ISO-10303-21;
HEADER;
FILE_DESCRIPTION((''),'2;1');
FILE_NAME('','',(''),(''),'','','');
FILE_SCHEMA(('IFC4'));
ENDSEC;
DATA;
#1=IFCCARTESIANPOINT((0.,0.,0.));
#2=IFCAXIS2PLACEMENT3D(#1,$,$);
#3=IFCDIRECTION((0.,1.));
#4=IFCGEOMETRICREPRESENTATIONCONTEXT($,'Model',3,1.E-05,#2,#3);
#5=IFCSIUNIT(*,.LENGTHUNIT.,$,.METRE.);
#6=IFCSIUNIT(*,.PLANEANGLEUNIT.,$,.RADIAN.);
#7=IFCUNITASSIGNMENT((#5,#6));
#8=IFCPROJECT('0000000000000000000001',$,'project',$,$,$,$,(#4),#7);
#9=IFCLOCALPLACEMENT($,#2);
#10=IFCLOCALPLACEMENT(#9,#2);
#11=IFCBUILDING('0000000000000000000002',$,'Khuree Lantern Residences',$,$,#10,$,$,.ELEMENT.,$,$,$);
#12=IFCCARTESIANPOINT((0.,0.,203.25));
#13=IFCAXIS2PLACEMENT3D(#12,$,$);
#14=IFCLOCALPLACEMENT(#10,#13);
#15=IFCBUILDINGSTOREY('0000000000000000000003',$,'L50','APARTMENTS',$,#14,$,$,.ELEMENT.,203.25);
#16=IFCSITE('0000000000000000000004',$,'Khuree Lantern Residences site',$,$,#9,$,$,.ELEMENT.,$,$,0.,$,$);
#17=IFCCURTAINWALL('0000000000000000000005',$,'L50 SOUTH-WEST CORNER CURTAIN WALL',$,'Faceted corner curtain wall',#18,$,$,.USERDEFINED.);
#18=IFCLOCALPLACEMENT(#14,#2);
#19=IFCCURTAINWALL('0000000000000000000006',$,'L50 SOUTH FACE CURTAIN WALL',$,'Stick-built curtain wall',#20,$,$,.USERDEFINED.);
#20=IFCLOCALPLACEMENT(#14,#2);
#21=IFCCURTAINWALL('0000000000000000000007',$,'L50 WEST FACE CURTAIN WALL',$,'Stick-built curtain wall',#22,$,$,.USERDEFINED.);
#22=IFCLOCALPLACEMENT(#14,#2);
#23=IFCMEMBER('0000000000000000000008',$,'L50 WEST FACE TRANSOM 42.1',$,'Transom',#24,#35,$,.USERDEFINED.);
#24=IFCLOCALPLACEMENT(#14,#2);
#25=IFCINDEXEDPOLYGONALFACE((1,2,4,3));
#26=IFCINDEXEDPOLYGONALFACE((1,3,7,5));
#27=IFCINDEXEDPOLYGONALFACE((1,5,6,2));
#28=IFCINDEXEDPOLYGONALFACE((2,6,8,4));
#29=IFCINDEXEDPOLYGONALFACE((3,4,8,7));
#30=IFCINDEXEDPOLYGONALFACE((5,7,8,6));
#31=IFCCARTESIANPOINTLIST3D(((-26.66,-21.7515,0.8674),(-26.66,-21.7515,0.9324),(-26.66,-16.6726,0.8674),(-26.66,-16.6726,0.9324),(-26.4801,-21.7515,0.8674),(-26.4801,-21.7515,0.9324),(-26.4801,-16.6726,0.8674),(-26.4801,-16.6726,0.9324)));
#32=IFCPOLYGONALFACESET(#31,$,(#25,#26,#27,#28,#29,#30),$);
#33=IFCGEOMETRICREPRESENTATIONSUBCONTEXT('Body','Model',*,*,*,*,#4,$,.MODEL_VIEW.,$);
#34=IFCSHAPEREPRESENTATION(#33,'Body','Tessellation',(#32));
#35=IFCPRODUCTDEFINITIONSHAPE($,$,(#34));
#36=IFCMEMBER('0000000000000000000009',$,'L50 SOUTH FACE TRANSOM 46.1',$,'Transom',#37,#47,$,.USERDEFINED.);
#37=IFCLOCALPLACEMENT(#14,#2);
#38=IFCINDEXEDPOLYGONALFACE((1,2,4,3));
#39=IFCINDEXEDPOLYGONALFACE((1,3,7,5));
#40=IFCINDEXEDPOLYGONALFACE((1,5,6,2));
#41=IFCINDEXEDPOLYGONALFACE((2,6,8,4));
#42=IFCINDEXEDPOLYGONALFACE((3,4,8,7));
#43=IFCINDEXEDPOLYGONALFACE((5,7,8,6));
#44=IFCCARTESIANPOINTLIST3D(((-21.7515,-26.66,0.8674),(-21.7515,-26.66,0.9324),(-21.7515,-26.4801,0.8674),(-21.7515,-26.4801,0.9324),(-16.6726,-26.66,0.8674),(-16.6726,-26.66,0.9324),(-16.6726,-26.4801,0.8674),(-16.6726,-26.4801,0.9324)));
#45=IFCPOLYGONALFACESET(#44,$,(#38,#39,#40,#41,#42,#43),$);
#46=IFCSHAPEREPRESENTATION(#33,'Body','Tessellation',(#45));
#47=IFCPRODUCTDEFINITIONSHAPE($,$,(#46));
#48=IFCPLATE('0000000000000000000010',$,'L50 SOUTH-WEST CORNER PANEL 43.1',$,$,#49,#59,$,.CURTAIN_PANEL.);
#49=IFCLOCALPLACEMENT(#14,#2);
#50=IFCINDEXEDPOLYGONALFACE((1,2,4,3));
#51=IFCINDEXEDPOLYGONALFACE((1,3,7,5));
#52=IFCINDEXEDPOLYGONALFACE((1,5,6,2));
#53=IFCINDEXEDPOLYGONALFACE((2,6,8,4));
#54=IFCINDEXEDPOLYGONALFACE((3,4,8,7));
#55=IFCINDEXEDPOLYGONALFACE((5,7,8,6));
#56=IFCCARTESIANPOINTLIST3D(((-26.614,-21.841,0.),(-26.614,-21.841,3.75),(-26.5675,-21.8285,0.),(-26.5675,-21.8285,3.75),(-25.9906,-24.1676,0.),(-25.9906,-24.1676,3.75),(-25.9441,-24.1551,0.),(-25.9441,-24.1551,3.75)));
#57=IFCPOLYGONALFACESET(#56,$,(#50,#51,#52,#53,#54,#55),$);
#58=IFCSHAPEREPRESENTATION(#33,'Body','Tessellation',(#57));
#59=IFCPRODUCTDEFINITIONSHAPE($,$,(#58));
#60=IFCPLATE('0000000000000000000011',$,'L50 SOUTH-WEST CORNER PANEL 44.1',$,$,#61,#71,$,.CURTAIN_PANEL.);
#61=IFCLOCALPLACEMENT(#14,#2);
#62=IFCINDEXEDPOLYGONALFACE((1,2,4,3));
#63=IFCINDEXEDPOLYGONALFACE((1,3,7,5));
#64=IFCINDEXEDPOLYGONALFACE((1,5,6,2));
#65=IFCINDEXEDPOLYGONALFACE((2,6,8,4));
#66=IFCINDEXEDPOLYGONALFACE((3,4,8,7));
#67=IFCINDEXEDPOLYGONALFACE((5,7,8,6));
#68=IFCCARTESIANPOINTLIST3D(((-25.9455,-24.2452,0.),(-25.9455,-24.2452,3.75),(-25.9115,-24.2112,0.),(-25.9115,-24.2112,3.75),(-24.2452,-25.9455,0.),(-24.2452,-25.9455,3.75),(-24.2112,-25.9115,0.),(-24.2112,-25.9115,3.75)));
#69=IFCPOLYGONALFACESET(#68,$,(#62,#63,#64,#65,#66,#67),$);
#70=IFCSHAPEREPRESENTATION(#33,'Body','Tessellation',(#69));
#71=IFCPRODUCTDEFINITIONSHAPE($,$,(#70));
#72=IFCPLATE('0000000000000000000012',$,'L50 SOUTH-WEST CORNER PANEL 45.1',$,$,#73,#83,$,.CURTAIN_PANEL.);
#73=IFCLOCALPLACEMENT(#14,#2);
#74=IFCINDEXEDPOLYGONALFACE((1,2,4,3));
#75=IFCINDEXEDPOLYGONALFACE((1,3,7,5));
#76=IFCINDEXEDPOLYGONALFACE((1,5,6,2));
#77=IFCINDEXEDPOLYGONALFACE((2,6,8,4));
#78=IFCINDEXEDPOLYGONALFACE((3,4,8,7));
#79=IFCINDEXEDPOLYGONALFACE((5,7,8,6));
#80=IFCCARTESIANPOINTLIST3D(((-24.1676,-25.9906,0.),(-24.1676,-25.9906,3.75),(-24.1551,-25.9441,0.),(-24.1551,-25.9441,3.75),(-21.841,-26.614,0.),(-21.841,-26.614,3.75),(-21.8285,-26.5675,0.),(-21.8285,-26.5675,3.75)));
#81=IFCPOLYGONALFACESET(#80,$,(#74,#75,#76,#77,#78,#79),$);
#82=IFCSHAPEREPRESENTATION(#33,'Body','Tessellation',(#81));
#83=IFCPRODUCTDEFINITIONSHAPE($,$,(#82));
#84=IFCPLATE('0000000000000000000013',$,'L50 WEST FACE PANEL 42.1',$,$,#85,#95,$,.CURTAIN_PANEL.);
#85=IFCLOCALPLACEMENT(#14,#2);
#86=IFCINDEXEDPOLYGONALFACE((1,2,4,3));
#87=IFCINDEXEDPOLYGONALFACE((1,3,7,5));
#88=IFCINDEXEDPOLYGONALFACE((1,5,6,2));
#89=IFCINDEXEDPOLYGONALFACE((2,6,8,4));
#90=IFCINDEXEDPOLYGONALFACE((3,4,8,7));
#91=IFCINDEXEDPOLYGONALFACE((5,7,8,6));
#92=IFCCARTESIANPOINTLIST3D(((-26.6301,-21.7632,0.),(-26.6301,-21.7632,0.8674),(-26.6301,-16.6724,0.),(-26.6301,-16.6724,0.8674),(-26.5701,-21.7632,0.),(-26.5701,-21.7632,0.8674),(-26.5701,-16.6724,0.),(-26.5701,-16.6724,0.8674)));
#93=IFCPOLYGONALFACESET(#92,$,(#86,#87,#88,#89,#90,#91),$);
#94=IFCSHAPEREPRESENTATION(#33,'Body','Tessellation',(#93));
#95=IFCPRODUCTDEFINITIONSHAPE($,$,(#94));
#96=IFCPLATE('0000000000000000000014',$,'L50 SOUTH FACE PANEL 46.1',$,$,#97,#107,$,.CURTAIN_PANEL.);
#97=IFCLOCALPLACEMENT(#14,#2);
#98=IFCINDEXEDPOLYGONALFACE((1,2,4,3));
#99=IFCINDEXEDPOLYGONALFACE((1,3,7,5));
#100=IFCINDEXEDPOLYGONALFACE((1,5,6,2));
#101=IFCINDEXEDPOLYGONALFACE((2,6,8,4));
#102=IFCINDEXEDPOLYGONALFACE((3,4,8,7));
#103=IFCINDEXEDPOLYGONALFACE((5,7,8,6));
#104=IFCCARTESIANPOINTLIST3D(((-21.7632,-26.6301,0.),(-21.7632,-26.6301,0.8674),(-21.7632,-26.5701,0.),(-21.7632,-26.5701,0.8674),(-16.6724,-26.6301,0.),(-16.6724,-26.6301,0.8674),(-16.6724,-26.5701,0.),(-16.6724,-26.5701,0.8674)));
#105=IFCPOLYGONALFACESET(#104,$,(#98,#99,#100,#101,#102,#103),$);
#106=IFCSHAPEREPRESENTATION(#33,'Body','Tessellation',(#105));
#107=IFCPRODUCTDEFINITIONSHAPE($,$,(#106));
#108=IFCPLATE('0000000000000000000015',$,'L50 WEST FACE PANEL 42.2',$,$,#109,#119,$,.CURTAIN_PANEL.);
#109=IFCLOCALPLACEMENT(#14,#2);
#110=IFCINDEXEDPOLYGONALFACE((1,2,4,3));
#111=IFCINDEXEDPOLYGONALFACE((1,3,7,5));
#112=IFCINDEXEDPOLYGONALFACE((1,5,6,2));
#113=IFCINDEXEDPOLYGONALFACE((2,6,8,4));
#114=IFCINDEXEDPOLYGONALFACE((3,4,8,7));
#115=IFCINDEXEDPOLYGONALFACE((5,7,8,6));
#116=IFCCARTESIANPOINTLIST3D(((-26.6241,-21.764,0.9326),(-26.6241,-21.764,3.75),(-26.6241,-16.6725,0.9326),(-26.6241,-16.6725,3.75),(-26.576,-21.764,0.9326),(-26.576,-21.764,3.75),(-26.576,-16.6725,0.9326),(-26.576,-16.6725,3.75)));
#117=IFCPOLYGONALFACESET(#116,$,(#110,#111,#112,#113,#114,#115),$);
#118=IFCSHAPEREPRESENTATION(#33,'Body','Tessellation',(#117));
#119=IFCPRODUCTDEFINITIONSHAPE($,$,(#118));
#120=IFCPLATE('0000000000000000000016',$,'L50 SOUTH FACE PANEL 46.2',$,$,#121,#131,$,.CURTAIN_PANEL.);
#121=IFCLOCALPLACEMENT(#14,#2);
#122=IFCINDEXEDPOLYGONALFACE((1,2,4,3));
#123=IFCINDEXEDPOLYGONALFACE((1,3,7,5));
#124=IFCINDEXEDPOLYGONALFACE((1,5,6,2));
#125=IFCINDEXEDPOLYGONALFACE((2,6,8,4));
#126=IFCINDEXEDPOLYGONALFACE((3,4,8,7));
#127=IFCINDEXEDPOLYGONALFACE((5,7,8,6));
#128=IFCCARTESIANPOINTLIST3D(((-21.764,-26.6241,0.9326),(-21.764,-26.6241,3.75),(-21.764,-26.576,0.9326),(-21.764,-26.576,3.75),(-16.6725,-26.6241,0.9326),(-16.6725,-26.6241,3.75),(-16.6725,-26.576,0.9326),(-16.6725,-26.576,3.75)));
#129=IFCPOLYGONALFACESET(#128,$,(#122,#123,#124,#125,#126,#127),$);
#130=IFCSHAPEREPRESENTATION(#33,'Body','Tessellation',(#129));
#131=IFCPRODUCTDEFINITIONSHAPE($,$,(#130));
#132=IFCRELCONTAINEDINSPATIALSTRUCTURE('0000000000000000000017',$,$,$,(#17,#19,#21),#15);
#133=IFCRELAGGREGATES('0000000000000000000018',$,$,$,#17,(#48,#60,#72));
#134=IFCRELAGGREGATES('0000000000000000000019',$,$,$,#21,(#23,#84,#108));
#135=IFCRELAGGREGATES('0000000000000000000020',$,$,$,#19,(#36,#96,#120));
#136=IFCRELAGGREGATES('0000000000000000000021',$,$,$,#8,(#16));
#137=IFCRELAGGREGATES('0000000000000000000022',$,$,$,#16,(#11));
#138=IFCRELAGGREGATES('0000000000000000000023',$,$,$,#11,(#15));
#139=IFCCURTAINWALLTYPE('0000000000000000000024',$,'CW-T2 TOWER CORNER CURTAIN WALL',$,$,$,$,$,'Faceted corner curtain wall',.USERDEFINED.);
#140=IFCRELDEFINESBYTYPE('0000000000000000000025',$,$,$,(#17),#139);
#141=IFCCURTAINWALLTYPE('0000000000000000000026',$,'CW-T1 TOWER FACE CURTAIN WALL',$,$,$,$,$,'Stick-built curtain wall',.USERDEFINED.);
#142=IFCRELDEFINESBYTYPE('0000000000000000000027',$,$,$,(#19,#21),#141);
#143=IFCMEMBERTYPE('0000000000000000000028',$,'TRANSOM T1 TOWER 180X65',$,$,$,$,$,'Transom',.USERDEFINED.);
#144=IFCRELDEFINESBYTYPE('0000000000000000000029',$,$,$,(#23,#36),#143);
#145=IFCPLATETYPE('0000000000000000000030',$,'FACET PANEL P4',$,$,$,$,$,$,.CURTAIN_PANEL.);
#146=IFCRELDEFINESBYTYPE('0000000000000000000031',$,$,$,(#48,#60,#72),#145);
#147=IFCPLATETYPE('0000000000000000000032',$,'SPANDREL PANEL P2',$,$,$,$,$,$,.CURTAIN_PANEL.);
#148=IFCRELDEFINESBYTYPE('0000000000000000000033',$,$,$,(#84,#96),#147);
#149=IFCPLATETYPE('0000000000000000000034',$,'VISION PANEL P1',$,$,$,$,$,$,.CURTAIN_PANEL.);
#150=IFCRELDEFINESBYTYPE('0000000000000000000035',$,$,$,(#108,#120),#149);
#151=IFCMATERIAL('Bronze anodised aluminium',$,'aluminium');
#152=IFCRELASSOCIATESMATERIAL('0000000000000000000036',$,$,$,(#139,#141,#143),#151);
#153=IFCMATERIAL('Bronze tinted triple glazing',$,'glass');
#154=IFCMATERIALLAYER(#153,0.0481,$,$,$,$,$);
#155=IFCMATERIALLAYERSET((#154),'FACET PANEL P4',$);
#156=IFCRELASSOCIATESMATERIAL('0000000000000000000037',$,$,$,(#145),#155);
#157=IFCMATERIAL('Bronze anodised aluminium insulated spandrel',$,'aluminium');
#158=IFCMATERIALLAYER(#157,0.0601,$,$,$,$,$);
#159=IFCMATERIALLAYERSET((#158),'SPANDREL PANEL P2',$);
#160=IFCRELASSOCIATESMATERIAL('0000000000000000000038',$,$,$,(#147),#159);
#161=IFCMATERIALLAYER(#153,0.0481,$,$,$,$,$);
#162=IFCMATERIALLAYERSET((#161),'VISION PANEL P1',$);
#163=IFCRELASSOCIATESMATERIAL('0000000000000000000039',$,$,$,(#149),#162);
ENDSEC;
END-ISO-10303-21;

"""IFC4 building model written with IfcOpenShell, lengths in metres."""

from ifc_helpers import new_model, si_unit, direction, frame, origin, origin_2d, place, context, subcontext, project, spatial, rectangle, extrude, material, layer, layer_set, material_profile, profile_set, type_object, element, aggregate, save


model = new_model("IFC4")

# Units and contexts
model_context = context("Model", 3, precision=1e-05, world=origin(), true_north=direction((0.0, 1.0)))
body_context = subcontext(model_context, "Body", "Model", "MODEL_VIEW")
ifc_project = project(units=[si_unit("LENGTHUNIT", "METRE"), si_unit("PLANEANGLEUNIT", "RADIAN")], contexts=[model_context])

# Site, building, storey
site_placement = place(None, origin())
site = spatial("IfcSite", under=ifc_project, at=site_placement, Name="Khuree Lantern Residences site", CompositionType="ELEMENT", RefElevation=0.0)
building_placement = place(site_placement, origin())
building = spatial("IfcBuilding", under=site, at=building_placement, Name="Khuree Lantern Residences", CompositionType="ELEMENT")
storey_placement = place(building_placement, frame((0.0, 0.0, 203.25)))
storey = spatial("IfcBuildingStorey", under=building, at=storey_placement, Name="L50", Description="APARTMENTS", CompositionType="ELEMENT", Elevation=203.25)

# Curtain walls
ifc_material_1 = material(Name="Bronze anodised aluminium", Category="aluminium")
curtain_wall_type_1 = type_object("IfcCurtainWallType", Name="CW-T2 TOWER CORNER CURTAIN WALL", ElementType="Faceted corner curtain wall", PredefinedType="USERDEFINED", material=ifc_material_1)
curtain_wall_1_placement = place(storey_placement, origin())
curtain_wall_1 = element("IfcCurtainWall", 1, at=curtain_wall_1_placement, inside=storey, type_object=curtain_wall_type_1, Name="L50 SOUTH-WEST CORNER CURTAIN WALL", ObjectType="Faceted corner curtain wall", PredefinedType="USERDEFINED")
curtain_wall_type_2 = type_object("IfcCurtainWallType", Name="CW-T1 TOWER FACE CURTAIN WALL", ElementType="Stick-built curtain wall", PredefinedType="USERDEFINED", material=ifc_material_1)
curtain_wall_2_placement = place(storey_placement, origin())
curtain_wall_2 = element("IfcCurtainWall", 2, at=curtain_wall_2_placement, inside=storey, type_object=curtain_wall_type_2, Name="L50 SOUTH FACE CURTAIN WALL", ObjectType="Stick-built curtain wall", PredefinedType="USERDEFINED")

# Curtain wall, member
curtain_wall_3_placement = place(storey_placement, origin())
curtain_wall_3 = element("IfcCurtainWall", 3, at=curtain_wall_3_placement, inside=storey, type_object=curtain_wall_type_2, Name="L50 WEST FACE CURTAIN WALL", ObjectType="Stick-built curtain wall", PredefinedType="USERDEFINED")
ifc_material_profile_1 = material_profile(ifc_material_1, rectangle(XDim=0.1799, YDim=0.0649, at=origin_2d()), Name="T1 180X65")
ifc_profile_set_1 = profile_set([ifc_material_profile_1], Name="Bronze anodised aluminium")
member_type_1 = type_object("IfcMemberType", Name="TRANSOM T1 TOWER 180X65", ElementType="Transom", PredefinedType="USERDEFINED", material=ifc_profile_set_1)
member_1_placement = place(storey_placement, frame((-26.5701, -16.6726, 0.8999), z_axis=(0.0, -1.0, 0.0), x_axis=(1.0, 0.0, 0.0)))
member_1 = element("IfcMember", 4, at=member_1_placement, type_object=member_type_1, Name="L50 WEST FACE TRANSOM 42.1", ObjectType="Transom", PredefinedType="USERDEFINED", context=body_context, shape_type="SweptSolid", body=[
    extrude(rectangle(XDim=0.1799, YDim=0.0649, at=origin_2d()), origin(), (0.0, 0.0, 1.0), 5.0789),
])

# Member
member_2_placement = place(storey_placement, frame((-21.7515, -26.5701, 0.8999), z_axis=(1.0, 0.0, 0.0), x_axis=(0.0, 1.0, 0.0)))
member_2 = element("IfcMember", 5, at=member_2_placement, type_object=member_type_1, Name="L50 SOUTH FACE TRANSOM 46.1", ObjectType="Transom", PredefinedType="USERDEFINED", context=body_context, shape_type="SweptSolid", body=[
    extrude(rectangle(XDim=0.1799, YDim=0.0649, at=origin_2d()), origin(), (0.0, 0.0, 1.0), 5.0789),
])

# Plates
ifc_material_2 = material(Name="Bronze tinted triple glazing", Category="glass")
ifc_layer_1 = layer(ifc_material_2, 0.0481)
ifc_layer_set_1 = layer_set([ifc_layer_1], Name="FACET PANEL P4")
plate_type_1 = type_object("IfcPlateType", Name="FACET PANEL P4", PredefinedType="CURTAIN_PANEL", material=ifc_layer_set_1)
plate_1_placement = place(storey_placement, frame((-26.2791, -22.998, 0.0), z_axis=(0.0, 0.0, 1.0), x_axis=(0.258819, -0.965926, 0.0)))
plate_1 = element("IfcPlate", 6, at=plate_1_placement, type_object=plate_type_1, Name="L50 SOUTH-WEST CORNER PANEL 43.1", PredefinedType="CURTAIN_PANEL", context=body_context, shape_type="SweptSolid", body=[
    extrude(rectangle(XDim=2.4087, YDim=0.0481, at=origin_2d()), origin(), (0.0, 0.0, 1.0), 3.75),
])
plate_2_placement = place(storey_placement, frame((-25.0784, -25.0784, 0.0), z_axis=(0.0, 0.0, 1.0), x_axis=(0.707107, -0.707107, 0.0)))
plate_2 = element("IfcPlate", 7, at=plate_2_placement, type_object=plate_type_1, Name="L50 SOUTH-WEST CORNER PANEL 44.1", PredefinedType="CURTAIN_PANEL", context=body_context, shape_type="SweptSolid", body=[
    extrude(rectangle(XDim=2.4045, YDim=0.0481, at=origin_2d()), origin(), (0.0, 0.0, 1.0), 3.75),
])
plate_3_placement = place(storey_placement, frame((-22.998, -26.2791, 0.0), z_axis=(0.0, 0.0, 1.0), x_axis=(0.965926, -0.258819, 0.0)))
plate_3 = element("IfcPlate", 8, at=plate_3_placement, type_object=plate_type_1, Name="L50 SOUTH-WEST CORNER PANEL 45.1", PredefinedType="CURTAIN_PANEL", context=body_context, shape_type="SweptSolid", body=[
    extrude(rectangle(XDim=2.4087, YDim=0.0481, at=origin_2d()), origin(), (0.0, 0.0, 1.0), 3.75),
])
aggregate(curtain_wall_1, [plate_1, plate_2, plate_3])
ifc_material_3 = material(Name="Bronze anodised aluminium insulated spandrel", Category="aluminium")
ifc_layer_2 = layer(ifc_material_3, 0.0601)
ifc_layer_set_2 = layer_set([ifc_layer_2], Name="SPANDREL PANEL P2")
plate_type_2 = type_object("IfcPlateType", Name="SPANDREL PANEL P2", PredefinedType="CURTAIN_PANEL", material=ifc_layer_set_2)
plate_4_placement = place(storey_placement, frame((-26.6001, -19.2178, 0.0), z_axis=(0.0, 0.0, 1.0), x_axis=(0.0, -1.0, 0.0)))
plate_4 = element("IfcPlate", 9, at=plate_4_placement, type_object=plate_type_2, Name="L50 WEST FACE PANEL 42.1", PredefinedType="CURTAIN_PANEL", context=body_context, shape_type="SweptSolid", body=[
    extrude(rectangle(XDim=5.0908, YDim=0.0601, at=origin_2d()), origin(), (0.0, 0.0, 1.0), 0.8674),
])
plate_5_placement = place(storey_placement, frame((-19.2178, -26.6001, 0.0), z_axis=(0.0, 0.0, 1.0), x_axis=(1.0, 0.0, 0.0)))
plate_5 = element("IfcPlate", 10, at=plate_5_placement, type_object=plate_type_2, Name="L50 SOUTH FACE PANEL 46.1", PredefinedType="CURTAIN_PANEL", context=body_context, shape_type="SweptSolid", body=[
    extrude(rectangle(XDim=5.0908, YDim=0.0601, at=origin_2d()), origin(), (0.0, 0.0, 1.0), 0.8674),
])
ifc_layer_3 = layer(ifc_material_2, 0.0481)
ifc_layer_set_3 = layer_set([ifc_layer_3], Name="VISION PANEL P1")
plate_type_3 = type_object("IfcPlateType", Name="VISION PANEL P1", PredefinedType="CURTAIN_PANEL", material=ifc_layer_set_3)
plate_6_placement = place(storey_placement, frame((-26.6001, -19.2183, 0.9326), z_axis=(0.0, 0.0, 1.0), x_axis=(0.0, -1.0, 0.0)))
plate_6 = element("IfcPlate", 11, at=plate_6_placement, type_object=plate_type_3, Name="L50 WEST FACE PANEL 42.2", PredefinedType="CURTAIN_PANEL", context=body_context, shape_type="SweptSolid", body=[
    extrude(rectangle(XDim=5.0916, YDim=0.0481, at=origin_2d()), origin(), (0.0, 0.0, 1.0), 2.8174),
])
aggregate(curtain_wall_3, [member_1, plate_4, plate_6])
plate_7_placement = place(storey_placement, frame((-19.2183, -26.6001, 0.9326), z_axis=(0.0, 0.0, 1.0), x_axis=(1.0, 0.0, 0.0)))
plate_7 = element("IfcPlate", 12, at=plate_7_placement, type_object=plate_type_3, Name="L50 SOUTH FACE PANEL 46.2", PredefinedType="CURTAIN_PANEL", context=body_context, shape_type="SweptSolid", body=[
    extrude(rectangle(XDim=5.0916, YDim=0.0481, at=origin_2d()), origin(), (0.0, 0.0, 1.0), 2.8174),
])
aggregate(curtain_wall_2, [member_2, plate_5, plate_7])

save(model, "model.ifc")
